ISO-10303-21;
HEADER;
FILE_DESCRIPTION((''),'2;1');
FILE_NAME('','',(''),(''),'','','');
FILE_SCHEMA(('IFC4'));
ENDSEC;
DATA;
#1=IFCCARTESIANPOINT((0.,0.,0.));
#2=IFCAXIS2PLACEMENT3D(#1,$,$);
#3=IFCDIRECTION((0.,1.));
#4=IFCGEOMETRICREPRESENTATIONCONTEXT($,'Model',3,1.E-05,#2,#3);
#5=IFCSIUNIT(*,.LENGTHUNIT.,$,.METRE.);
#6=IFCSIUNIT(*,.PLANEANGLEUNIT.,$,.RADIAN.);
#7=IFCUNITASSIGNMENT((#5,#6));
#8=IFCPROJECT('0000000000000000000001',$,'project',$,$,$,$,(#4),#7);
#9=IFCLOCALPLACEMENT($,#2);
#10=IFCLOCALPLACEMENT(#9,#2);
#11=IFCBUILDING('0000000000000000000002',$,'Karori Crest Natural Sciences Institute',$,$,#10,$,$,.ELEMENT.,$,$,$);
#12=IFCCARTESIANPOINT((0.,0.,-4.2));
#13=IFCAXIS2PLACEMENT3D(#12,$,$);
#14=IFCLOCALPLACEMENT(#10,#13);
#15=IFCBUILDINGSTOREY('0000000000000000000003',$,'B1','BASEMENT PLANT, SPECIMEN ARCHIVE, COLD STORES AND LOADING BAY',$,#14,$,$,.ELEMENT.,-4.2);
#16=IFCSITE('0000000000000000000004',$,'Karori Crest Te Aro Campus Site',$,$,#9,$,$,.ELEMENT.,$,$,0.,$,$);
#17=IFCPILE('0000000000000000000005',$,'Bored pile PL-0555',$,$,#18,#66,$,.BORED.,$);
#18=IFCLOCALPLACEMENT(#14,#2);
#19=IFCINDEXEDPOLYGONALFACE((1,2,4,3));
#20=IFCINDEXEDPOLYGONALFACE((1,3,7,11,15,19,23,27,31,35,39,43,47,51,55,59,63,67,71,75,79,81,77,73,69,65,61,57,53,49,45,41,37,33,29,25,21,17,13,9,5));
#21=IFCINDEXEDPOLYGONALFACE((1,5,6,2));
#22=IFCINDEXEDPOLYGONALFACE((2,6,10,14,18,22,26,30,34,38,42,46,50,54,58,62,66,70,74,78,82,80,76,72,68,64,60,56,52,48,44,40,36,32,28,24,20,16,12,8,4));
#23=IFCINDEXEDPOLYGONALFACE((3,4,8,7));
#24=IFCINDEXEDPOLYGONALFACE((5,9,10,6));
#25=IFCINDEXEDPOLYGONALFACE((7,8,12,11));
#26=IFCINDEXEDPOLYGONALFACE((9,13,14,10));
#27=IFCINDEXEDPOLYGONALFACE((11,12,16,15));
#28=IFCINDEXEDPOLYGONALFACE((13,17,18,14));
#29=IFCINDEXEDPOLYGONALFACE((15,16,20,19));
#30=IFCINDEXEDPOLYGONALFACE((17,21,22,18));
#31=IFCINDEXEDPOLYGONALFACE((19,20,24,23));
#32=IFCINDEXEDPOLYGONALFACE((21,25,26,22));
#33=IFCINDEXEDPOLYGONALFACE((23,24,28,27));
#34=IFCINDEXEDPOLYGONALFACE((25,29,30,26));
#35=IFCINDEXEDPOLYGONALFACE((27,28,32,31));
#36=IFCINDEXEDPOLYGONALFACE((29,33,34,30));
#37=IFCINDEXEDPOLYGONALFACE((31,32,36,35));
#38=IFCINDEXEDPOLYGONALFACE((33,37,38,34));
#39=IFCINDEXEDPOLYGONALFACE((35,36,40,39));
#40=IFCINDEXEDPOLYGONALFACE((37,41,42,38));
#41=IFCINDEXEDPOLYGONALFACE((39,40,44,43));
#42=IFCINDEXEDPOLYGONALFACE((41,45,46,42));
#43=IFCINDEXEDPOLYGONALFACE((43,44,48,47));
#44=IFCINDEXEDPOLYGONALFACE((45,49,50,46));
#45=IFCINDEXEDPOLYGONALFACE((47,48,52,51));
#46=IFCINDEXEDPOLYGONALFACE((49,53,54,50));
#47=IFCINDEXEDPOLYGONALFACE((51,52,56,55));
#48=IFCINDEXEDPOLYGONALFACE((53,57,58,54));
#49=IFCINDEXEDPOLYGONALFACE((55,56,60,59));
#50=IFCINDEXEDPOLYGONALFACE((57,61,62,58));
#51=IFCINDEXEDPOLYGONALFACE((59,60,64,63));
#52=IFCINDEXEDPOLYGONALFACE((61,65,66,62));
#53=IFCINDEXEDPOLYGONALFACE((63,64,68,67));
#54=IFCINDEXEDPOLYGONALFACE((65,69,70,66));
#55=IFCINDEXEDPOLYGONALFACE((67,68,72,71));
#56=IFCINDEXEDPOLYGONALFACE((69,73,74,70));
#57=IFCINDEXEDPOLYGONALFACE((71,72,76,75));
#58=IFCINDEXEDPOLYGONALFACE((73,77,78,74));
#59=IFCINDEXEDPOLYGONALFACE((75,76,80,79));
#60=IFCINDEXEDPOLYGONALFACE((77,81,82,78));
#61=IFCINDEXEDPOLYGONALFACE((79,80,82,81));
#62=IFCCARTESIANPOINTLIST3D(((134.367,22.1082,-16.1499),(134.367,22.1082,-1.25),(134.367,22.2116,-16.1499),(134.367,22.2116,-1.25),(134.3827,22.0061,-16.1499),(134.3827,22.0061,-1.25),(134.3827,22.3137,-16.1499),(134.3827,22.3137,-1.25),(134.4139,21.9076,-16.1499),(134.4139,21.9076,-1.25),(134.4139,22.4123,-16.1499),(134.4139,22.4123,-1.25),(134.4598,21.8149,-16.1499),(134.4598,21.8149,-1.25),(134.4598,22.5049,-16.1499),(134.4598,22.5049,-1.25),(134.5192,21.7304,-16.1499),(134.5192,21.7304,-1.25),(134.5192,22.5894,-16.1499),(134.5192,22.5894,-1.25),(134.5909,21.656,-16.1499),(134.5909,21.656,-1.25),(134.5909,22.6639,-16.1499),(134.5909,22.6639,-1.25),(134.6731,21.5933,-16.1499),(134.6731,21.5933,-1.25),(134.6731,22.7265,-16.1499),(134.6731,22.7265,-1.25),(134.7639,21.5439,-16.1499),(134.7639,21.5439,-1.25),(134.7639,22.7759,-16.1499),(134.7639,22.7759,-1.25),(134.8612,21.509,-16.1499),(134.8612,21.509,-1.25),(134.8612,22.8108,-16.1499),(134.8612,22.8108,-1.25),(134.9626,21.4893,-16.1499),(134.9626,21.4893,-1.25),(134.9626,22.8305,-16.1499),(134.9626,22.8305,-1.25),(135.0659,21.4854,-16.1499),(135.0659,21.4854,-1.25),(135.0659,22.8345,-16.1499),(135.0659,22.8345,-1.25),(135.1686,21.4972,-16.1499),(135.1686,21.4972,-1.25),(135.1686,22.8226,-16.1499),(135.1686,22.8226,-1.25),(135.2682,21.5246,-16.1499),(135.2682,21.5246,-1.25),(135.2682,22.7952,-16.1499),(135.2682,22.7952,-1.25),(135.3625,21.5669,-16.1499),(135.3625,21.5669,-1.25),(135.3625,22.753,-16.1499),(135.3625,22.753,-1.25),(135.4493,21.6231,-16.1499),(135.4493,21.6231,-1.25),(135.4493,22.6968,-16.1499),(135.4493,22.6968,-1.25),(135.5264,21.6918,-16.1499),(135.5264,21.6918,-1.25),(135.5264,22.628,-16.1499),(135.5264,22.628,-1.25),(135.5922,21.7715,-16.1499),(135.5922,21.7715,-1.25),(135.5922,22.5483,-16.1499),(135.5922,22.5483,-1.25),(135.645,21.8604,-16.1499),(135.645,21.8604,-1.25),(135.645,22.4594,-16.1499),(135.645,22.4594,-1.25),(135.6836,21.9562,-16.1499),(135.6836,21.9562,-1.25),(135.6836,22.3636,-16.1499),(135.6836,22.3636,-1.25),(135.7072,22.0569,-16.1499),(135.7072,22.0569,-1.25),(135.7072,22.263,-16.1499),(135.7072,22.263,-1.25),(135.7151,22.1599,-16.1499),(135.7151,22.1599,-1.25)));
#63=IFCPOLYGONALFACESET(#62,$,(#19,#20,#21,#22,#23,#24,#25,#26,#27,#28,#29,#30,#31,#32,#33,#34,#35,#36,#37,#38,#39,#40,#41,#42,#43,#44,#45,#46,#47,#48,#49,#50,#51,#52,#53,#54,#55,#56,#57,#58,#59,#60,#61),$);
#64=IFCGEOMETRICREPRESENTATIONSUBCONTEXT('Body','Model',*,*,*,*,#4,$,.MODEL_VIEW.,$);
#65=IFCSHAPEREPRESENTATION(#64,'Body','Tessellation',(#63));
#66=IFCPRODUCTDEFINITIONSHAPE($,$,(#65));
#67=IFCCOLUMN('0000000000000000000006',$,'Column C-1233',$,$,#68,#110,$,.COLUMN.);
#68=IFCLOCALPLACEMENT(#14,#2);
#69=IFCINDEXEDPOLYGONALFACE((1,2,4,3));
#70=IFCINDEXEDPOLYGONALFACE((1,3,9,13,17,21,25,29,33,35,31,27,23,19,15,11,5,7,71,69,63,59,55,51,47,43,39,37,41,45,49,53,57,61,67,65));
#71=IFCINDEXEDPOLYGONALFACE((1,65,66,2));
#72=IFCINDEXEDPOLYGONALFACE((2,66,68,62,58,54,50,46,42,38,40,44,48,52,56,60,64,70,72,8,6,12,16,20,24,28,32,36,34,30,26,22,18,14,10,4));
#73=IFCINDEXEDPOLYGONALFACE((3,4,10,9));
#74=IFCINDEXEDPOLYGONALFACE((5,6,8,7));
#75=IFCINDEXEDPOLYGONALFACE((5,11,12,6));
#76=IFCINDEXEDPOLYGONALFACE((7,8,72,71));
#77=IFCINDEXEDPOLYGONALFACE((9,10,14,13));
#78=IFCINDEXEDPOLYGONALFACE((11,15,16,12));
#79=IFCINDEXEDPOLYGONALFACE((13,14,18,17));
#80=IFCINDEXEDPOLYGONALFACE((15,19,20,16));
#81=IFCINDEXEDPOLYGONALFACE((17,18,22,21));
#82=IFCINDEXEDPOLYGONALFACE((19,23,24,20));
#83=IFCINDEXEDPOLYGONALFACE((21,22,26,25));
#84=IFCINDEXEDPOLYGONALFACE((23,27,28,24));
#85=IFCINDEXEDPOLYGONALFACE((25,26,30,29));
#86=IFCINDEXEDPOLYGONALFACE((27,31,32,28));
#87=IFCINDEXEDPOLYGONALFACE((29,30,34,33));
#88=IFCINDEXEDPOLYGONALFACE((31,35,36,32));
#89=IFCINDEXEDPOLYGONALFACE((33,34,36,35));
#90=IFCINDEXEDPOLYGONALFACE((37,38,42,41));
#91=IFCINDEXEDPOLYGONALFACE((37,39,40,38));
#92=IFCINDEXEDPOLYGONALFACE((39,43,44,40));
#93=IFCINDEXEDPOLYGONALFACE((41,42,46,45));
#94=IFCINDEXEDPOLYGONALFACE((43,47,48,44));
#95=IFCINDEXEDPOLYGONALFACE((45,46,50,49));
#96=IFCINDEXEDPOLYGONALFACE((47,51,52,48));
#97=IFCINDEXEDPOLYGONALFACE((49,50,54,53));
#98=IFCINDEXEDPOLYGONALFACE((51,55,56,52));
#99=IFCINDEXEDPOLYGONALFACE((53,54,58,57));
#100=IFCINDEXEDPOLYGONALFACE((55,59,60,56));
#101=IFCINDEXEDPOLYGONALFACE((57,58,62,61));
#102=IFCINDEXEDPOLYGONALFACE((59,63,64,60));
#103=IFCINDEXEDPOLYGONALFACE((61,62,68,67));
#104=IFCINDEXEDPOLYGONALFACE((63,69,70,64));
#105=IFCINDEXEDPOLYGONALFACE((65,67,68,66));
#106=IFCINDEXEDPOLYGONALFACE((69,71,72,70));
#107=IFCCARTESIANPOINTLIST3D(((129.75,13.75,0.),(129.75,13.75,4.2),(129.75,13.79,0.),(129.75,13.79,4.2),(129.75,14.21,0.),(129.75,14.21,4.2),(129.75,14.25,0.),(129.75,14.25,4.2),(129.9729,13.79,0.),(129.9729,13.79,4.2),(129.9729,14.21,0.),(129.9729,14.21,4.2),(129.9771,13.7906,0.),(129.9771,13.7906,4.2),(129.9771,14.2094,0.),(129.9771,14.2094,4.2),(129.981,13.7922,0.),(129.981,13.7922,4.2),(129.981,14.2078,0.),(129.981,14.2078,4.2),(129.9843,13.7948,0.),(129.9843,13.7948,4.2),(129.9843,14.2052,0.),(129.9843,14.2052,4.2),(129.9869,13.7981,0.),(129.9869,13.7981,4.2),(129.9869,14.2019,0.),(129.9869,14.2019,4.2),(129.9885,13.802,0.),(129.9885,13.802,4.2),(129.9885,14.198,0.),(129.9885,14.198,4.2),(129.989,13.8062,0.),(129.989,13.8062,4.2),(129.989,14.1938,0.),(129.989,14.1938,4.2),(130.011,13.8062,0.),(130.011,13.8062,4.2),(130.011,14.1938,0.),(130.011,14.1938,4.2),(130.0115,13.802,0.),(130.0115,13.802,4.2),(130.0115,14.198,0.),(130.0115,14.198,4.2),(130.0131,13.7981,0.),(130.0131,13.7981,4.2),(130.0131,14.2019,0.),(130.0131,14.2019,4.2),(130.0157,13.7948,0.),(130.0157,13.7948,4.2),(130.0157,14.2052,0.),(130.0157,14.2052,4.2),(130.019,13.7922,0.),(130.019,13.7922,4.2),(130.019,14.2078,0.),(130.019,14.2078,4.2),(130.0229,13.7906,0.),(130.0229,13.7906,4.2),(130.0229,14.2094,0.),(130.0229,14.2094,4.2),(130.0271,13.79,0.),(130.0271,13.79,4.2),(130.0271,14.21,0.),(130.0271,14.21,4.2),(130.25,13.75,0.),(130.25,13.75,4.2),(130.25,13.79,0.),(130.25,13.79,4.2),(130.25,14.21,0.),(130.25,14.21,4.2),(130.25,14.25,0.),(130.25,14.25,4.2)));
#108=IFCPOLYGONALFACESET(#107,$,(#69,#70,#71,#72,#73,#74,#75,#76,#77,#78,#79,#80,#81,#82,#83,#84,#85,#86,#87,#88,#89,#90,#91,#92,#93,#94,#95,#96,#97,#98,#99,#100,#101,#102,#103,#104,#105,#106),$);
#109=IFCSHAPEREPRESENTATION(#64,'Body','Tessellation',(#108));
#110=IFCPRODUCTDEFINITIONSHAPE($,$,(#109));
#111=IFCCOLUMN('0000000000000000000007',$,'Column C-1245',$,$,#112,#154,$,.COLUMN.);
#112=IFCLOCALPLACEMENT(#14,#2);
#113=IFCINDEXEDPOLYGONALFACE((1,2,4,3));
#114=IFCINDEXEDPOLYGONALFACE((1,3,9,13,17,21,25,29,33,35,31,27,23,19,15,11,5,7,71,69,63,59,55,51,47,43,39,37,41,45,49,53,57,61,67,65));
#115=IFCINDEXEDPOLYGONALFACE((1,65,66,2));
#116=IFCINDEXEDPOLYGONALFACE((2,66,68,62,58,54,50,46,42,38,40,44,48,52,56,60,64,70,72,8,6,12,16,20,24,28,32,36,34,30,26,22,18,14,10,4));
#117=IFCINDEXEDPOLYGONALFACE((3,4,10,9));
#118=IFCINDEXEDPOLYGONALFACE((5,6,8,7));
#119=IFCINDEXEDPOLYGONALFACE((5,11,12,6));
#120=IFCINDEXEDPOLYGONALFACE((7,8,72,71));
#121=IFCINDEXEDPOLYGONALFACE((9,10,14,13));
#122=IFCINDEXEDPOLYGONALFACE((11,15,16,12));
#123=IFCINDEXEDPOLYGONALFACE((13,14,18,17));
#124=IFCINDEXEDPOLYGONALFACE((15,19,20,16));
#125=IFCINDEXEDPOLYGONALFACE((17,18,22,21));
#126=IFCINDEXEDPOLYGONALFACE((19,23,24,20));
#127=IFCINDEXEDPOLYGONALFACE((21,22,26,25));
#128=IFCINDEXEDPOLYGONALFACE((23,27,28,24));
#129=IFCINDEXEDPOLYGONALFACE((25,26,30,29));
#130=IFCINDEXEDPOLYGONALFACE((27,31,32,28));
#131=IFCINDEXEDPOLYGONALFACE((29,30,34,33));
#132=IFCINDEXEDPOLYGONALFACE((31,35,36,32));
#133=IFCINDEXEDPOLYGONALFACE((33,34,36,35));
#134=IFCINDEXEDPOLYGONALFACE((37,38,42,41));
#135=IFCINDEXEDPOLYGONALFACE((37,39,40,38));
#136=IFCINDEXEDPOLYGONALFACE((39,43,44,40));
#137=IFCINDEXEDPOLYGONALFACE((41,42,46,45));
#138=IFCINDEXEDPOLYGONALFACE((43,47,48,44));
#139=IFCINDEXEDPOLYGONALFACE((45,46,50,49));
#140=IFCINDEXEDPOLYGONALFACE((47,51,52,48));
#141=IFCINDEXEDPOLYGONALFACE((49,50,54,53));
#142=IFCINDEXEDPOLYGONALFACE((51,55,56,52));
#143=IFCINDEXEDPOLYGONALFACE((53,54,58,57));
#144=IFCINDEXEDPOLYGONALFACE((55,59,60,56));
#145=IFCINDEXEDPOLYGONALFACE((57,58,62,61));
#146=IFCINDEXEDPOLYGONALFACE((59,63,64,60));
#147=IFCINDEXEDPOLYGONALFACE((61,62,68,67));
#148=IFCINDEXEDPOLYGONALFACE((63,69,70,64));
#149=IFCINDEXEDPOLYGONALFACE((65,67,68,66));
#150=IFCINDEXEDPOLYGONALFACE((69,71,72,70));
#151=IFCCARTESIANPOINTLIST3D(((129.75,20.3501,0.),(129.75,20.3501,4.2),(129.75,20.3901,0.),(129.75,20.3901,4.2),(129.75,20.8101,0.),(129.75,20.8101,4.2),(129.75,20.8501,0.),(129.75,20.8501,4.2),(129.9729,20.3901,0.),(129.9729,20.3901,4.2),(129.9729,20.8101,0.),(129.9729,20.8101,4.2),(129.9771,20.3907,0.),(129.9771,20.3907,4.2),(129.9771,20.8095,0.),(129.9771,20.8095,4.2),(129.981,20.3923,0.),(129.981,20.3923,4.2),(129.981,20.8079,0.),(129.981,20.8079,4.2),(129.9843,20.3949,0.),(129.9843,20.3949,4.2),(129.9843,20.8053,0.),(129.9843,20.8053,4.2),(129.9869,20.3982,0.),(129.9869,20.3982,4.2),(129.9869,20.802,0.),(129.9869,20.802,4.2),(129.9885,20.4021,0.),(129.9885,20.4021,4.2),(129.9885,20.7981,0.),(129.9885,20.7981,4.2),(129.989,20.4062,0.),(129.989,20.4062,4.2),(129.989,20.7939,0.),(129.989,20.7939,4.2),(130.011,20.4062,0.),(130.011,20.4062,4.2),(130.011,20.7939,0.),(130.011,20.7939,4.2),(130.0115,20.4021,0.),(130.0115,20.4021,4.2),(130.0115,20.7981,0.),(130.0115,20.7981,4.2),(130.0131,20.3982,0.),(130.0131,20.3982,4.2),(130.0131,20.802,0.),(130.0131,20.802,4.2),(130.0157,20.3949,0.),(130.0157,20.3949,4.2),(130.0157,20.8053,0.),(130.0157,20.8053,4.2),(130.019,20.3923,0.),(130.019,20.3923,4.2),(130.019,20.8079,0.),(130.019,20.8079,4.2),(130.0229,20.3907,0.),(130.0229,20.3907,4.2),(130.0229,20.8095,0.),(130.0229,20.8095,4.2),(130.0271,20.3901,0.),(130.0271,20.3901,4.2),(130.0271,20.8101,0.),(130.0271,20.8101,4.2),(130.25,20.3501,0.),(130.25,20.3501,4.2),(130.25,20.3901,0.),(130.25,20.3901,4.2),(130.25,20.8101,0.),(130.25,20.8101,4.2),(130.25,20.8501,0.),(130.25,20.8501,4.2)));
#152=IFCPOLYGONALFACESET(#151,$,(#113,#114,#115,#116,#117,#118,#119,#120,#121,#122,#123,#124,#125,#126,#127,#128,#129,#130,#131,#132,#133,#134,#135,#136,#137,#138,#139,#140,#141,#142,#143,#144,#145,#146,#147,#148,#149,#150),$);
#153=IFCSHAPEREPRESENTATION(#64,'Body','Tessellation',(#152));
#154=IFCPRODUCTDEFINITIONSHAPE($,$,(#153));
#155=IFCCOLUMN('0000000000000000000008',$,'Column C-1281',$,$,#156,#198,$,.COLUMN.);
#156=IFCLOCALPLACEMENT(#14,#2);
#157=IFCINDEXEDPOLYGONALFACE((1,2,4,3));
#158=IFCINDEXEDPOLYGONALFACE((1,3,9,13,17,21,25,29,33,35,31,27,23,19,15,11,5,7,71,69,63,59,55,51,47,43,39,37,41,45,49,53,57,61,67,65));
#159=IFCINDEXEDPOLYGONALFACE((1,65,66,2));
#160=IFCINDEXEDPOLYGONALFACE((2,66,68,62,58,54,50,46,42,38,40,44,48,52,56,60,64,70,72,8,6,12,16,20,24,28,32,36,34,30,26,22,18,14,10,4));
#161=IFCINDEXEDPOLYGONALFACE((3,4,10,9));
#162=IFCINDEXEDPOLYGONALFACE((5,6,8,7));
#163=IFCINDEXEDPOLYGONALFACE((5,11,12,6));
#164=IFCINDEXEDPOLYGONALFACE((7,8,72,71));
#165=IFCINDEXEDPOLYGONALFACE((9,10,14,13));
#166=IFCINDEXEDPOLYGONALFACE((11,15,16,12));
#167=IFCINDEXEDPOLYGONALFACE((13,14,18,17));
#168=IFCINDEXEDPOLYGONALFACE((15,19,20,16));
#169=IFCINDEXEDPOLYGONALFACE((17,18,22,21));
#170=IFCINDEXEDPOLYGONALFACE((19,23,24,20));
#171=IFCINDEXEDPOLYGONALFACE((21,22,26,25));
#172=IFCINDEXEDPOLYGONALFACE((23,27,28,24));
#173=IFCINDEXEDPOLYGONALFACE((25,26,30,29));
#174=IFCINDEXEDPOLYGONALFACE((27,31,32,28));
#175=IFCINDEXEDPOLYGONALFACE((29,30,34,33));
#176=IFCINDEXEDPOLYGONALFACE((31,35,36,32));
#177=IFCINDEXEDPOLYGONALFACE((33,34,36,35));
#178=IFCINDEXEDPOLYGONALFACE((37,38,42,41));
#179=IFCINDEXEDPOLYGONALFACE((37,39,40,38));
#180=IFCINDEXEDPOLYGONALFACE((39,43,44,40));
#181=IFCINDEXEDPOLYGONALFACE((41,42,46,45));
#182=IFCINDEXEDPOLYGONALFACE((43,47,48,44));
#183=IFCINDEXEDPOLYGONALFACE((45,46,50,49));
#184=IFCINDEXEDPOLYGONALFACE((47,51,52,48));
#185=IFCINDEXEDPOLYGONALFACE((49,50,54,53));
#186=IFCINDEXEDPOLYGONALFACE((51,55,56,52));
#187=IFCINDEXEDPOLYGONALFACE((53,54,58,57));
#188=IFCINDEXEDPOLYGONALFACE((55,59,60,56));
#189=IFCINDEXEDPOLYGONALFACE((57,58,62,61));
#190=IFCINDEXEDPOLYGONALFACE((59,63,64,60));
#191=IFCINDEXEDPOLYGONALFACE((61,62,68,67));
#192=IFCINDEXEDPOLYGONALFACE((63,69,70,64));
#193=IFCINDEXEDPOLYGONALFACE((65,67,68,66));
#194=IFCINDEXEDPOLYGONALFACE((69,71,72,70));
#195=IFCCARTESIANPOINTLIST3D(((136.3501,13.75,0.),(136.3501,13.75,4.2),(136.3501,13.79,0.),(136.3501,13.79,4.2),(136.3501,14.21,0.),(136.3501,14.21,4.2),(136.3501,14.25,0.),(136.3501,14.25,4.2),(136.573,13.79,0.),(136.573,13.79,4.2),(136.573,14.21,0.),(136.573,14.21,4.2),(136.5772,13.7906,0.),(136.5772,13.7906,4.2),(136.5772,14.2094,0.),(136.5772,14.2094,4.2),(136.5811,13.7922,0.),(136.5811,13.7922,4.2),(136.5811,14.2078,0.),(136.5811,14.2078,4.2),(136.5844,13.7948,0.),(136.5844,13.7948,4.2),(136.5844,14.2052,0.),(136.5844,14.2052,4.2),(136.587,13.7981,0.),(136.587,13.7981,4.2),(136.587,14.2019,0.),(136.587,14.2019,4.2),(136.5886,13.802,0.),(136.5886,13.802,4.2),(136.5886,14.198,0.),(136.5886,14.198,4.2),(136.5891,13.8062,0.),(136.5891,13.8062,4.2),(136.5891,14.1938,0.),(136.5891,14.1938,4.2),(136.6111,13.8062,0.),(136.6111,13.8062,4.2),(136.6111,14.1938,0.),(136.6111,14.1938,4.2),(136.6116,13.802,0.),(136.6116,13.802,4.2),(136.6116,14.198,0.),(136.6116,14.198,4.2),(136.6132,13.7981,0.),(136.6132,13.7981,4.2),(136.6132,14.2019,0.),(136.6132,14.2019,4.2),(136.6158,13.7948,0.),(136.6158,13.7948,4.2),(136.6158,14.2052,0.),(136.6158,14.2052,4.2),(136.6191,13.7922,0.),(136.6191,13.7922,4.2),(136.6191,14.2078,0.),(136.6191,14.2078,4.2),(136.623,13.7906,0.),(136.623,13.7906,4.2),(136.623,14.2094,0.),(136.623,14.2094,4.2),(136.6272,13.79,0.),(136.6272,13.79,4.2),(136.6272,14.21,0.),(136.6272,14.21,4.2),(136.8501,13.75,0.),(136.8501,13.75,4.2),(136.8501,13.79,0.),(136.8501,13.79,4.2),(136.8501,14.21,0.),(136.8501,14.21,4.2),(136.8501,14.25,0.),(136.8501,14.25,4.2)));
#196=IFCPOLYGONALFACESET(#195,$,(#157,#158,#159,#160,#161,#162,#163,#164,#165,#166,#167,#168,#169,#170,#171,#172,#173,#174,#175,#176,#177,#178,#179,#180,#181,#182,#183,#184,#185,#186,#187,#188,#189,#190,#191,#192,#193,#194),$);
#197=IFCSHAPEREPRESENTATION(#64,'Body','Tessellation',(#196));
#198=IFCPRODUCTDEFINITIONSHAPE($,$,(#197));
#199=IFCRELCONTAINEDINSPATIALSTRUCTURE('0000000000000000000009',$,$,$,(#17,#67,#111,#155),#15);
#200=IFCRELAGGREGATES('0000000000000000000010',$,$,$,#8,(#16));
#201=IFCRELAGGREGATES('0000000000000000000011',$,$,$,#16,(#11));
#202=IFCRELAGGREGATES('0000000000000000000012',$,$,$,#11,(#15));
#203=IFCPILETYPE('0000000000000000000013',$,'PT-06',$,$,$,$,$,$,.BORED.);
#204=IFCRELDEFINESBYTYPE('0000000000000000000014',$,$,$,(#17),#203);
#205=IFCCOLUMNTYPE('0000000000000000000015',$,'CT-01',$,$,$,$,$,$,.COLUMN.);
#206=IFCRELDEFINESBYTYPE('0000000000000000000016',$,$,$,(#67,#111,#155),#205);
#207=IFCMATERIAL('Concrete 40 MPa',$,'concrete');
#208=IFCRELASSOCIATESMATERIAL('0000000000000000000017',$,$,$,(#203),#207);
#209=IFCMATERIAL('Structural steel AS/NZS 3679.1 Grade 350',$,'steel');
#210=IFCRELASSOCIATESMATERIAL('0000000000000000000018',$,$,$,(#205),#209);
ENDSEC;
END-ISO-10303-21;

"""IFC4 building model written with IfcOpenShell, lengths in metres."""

from ifc_helpers import new_model, si_unit, direction, frame, origin, origin_2d, place, context, subcontext, project, spatial, circle, i_section, extrude, material, material_profile, profile_set, type_object, element, save


model = new_model("IFC4")

# Units and contexts
model_context = context("Model", 3, precision=1e-05, world=origin(), true_north=direction((0.0, 1.0)))
body_context = subcontext(model_context, "Body", "Model", "MODEL_VIEW")
ifc_project = project(units=[si_unit("LENGTHUNIT", "METRE"), si_unit("PLANEANGLEUNIT", "RADIAN")], contexts=[model_context])

# Site, building, storey
site_placement = place(None, origin())
site = spatial("IfcSite", under=ifc_project, at=site_placement, Name="Karori Crest Te Aro Campus Site", CompositionType="ELEMENT", RefElevation=0.0)
building_placement = place(site_placement, origin())
building = spatial("IfcBuilding", under=site, at=building_placement, Name="Karori Crest Natural Sciences Institute", CompositionType="ELEMENT")
storey_placement = place(building_placement, frame((0.0, 0.0, -4.2)))
storey = spatial("IfcBuildingStorey", under=building, at=storey_placement, Name="B1", Description="BASEMENT PLANT, SPECIMEN ARCHIVE, COLD STORES AND LOADING BAY", CompositionType="ELEMENT", Elevation=-4.2)

# Shared definitions
ifc_material_1 = material(Name="Concrete 40 MPa", Category="concrete")

# Pile
ifc_material_profile_1 = material_profile(ifc_material_1, circle(Radius=0.675, at=origin_2d()), Name="PILE1350")
ifc_profile_set_1 = profile_set([ifc_material_profile_1], Name="Concrete 40 MPa")
pile_type = type_object("IfcPileType", Name="PT-06", PredefinedType="BORED", material=ifc_profile_set_1)
for number, where, z_axis, x_axis, name in (
    (1, (135.04, 22.1599, -1.25), (0.0, 0.0, -1.0), (1.0, 0.0, 0.0), "Bored pile PL-0555"),
):
    element("IfcPile", number, at=place(storey_placement, frame(where, z_axis=z_axis, x_axis=x_axis)), inside=storey, type_object=pile_type, Name=name, PredefinedType="BORED", context=body_context, shape_type="SweptSolid", body=[
        extrude(circle(Radius=0.675, at=origin_2d()), origin(), (0.0, 0.0, 1.0), 14.8999),
    ])

# Columns
ifc_material_2 = material(Name="Structural steel AS/NZS 3679.1 Grade 350", Category="steel")
ifc_material_profile_2 = material_profile(ifc_material_2, i_section(OverallWidth=0.5, OverallDepth=0.5, WebThickness=0.022, FlangeThickness=0.04, FilletRadius=0.0161, at=origin_2d()), Name="500WC440")
ifc_profile_set_2 = profile_set([ifc_material_profile_2], Name="Structural steel AS/NZS 3679.1 Grade 350")
column_type = type_object("IfcColumnType", Name="CT-01", PredefinedType="COLUMN", material=ifc_profile_set_2)
for number, where, z_axis, x_axis, name in (
    (2, (130.0, 14.0, 0.0), (0.0, 0.0, 1.0), (1.0, 0.0, 0.0), "Column C-1233"),
    (3, (130.0, 20.6001, 0.0), (0.0, 0.0, 1.0), (1.0, 0.0, 0.0), "Column C-1245"),
    (4, (136.6001, 14.0, 0.0), (0.0, 0.0, 1.0), (1.0, 0.0, 0.0), "Column C-1281"),
):
    element("IfcColumn", number, at=place(storey_placement, frame(where, z_axis=z_axis, x_axis=x_axis)), inside=storey, type_object=column_type, Name=name, PredefinedType="COLUMN", context=body_context, shape_type="SweptSolid", body=[
        extrude(i_section(OverallWidth=0.5, OverallDepth=0.5, WebThickness=0.022, FlangeThickness=0.04, FilletRadius=0.0161, at=origin_2d()), origin(), (0.0, 0.0, 1.0), 4.2),
    ])

save(model, "model.ifc")
